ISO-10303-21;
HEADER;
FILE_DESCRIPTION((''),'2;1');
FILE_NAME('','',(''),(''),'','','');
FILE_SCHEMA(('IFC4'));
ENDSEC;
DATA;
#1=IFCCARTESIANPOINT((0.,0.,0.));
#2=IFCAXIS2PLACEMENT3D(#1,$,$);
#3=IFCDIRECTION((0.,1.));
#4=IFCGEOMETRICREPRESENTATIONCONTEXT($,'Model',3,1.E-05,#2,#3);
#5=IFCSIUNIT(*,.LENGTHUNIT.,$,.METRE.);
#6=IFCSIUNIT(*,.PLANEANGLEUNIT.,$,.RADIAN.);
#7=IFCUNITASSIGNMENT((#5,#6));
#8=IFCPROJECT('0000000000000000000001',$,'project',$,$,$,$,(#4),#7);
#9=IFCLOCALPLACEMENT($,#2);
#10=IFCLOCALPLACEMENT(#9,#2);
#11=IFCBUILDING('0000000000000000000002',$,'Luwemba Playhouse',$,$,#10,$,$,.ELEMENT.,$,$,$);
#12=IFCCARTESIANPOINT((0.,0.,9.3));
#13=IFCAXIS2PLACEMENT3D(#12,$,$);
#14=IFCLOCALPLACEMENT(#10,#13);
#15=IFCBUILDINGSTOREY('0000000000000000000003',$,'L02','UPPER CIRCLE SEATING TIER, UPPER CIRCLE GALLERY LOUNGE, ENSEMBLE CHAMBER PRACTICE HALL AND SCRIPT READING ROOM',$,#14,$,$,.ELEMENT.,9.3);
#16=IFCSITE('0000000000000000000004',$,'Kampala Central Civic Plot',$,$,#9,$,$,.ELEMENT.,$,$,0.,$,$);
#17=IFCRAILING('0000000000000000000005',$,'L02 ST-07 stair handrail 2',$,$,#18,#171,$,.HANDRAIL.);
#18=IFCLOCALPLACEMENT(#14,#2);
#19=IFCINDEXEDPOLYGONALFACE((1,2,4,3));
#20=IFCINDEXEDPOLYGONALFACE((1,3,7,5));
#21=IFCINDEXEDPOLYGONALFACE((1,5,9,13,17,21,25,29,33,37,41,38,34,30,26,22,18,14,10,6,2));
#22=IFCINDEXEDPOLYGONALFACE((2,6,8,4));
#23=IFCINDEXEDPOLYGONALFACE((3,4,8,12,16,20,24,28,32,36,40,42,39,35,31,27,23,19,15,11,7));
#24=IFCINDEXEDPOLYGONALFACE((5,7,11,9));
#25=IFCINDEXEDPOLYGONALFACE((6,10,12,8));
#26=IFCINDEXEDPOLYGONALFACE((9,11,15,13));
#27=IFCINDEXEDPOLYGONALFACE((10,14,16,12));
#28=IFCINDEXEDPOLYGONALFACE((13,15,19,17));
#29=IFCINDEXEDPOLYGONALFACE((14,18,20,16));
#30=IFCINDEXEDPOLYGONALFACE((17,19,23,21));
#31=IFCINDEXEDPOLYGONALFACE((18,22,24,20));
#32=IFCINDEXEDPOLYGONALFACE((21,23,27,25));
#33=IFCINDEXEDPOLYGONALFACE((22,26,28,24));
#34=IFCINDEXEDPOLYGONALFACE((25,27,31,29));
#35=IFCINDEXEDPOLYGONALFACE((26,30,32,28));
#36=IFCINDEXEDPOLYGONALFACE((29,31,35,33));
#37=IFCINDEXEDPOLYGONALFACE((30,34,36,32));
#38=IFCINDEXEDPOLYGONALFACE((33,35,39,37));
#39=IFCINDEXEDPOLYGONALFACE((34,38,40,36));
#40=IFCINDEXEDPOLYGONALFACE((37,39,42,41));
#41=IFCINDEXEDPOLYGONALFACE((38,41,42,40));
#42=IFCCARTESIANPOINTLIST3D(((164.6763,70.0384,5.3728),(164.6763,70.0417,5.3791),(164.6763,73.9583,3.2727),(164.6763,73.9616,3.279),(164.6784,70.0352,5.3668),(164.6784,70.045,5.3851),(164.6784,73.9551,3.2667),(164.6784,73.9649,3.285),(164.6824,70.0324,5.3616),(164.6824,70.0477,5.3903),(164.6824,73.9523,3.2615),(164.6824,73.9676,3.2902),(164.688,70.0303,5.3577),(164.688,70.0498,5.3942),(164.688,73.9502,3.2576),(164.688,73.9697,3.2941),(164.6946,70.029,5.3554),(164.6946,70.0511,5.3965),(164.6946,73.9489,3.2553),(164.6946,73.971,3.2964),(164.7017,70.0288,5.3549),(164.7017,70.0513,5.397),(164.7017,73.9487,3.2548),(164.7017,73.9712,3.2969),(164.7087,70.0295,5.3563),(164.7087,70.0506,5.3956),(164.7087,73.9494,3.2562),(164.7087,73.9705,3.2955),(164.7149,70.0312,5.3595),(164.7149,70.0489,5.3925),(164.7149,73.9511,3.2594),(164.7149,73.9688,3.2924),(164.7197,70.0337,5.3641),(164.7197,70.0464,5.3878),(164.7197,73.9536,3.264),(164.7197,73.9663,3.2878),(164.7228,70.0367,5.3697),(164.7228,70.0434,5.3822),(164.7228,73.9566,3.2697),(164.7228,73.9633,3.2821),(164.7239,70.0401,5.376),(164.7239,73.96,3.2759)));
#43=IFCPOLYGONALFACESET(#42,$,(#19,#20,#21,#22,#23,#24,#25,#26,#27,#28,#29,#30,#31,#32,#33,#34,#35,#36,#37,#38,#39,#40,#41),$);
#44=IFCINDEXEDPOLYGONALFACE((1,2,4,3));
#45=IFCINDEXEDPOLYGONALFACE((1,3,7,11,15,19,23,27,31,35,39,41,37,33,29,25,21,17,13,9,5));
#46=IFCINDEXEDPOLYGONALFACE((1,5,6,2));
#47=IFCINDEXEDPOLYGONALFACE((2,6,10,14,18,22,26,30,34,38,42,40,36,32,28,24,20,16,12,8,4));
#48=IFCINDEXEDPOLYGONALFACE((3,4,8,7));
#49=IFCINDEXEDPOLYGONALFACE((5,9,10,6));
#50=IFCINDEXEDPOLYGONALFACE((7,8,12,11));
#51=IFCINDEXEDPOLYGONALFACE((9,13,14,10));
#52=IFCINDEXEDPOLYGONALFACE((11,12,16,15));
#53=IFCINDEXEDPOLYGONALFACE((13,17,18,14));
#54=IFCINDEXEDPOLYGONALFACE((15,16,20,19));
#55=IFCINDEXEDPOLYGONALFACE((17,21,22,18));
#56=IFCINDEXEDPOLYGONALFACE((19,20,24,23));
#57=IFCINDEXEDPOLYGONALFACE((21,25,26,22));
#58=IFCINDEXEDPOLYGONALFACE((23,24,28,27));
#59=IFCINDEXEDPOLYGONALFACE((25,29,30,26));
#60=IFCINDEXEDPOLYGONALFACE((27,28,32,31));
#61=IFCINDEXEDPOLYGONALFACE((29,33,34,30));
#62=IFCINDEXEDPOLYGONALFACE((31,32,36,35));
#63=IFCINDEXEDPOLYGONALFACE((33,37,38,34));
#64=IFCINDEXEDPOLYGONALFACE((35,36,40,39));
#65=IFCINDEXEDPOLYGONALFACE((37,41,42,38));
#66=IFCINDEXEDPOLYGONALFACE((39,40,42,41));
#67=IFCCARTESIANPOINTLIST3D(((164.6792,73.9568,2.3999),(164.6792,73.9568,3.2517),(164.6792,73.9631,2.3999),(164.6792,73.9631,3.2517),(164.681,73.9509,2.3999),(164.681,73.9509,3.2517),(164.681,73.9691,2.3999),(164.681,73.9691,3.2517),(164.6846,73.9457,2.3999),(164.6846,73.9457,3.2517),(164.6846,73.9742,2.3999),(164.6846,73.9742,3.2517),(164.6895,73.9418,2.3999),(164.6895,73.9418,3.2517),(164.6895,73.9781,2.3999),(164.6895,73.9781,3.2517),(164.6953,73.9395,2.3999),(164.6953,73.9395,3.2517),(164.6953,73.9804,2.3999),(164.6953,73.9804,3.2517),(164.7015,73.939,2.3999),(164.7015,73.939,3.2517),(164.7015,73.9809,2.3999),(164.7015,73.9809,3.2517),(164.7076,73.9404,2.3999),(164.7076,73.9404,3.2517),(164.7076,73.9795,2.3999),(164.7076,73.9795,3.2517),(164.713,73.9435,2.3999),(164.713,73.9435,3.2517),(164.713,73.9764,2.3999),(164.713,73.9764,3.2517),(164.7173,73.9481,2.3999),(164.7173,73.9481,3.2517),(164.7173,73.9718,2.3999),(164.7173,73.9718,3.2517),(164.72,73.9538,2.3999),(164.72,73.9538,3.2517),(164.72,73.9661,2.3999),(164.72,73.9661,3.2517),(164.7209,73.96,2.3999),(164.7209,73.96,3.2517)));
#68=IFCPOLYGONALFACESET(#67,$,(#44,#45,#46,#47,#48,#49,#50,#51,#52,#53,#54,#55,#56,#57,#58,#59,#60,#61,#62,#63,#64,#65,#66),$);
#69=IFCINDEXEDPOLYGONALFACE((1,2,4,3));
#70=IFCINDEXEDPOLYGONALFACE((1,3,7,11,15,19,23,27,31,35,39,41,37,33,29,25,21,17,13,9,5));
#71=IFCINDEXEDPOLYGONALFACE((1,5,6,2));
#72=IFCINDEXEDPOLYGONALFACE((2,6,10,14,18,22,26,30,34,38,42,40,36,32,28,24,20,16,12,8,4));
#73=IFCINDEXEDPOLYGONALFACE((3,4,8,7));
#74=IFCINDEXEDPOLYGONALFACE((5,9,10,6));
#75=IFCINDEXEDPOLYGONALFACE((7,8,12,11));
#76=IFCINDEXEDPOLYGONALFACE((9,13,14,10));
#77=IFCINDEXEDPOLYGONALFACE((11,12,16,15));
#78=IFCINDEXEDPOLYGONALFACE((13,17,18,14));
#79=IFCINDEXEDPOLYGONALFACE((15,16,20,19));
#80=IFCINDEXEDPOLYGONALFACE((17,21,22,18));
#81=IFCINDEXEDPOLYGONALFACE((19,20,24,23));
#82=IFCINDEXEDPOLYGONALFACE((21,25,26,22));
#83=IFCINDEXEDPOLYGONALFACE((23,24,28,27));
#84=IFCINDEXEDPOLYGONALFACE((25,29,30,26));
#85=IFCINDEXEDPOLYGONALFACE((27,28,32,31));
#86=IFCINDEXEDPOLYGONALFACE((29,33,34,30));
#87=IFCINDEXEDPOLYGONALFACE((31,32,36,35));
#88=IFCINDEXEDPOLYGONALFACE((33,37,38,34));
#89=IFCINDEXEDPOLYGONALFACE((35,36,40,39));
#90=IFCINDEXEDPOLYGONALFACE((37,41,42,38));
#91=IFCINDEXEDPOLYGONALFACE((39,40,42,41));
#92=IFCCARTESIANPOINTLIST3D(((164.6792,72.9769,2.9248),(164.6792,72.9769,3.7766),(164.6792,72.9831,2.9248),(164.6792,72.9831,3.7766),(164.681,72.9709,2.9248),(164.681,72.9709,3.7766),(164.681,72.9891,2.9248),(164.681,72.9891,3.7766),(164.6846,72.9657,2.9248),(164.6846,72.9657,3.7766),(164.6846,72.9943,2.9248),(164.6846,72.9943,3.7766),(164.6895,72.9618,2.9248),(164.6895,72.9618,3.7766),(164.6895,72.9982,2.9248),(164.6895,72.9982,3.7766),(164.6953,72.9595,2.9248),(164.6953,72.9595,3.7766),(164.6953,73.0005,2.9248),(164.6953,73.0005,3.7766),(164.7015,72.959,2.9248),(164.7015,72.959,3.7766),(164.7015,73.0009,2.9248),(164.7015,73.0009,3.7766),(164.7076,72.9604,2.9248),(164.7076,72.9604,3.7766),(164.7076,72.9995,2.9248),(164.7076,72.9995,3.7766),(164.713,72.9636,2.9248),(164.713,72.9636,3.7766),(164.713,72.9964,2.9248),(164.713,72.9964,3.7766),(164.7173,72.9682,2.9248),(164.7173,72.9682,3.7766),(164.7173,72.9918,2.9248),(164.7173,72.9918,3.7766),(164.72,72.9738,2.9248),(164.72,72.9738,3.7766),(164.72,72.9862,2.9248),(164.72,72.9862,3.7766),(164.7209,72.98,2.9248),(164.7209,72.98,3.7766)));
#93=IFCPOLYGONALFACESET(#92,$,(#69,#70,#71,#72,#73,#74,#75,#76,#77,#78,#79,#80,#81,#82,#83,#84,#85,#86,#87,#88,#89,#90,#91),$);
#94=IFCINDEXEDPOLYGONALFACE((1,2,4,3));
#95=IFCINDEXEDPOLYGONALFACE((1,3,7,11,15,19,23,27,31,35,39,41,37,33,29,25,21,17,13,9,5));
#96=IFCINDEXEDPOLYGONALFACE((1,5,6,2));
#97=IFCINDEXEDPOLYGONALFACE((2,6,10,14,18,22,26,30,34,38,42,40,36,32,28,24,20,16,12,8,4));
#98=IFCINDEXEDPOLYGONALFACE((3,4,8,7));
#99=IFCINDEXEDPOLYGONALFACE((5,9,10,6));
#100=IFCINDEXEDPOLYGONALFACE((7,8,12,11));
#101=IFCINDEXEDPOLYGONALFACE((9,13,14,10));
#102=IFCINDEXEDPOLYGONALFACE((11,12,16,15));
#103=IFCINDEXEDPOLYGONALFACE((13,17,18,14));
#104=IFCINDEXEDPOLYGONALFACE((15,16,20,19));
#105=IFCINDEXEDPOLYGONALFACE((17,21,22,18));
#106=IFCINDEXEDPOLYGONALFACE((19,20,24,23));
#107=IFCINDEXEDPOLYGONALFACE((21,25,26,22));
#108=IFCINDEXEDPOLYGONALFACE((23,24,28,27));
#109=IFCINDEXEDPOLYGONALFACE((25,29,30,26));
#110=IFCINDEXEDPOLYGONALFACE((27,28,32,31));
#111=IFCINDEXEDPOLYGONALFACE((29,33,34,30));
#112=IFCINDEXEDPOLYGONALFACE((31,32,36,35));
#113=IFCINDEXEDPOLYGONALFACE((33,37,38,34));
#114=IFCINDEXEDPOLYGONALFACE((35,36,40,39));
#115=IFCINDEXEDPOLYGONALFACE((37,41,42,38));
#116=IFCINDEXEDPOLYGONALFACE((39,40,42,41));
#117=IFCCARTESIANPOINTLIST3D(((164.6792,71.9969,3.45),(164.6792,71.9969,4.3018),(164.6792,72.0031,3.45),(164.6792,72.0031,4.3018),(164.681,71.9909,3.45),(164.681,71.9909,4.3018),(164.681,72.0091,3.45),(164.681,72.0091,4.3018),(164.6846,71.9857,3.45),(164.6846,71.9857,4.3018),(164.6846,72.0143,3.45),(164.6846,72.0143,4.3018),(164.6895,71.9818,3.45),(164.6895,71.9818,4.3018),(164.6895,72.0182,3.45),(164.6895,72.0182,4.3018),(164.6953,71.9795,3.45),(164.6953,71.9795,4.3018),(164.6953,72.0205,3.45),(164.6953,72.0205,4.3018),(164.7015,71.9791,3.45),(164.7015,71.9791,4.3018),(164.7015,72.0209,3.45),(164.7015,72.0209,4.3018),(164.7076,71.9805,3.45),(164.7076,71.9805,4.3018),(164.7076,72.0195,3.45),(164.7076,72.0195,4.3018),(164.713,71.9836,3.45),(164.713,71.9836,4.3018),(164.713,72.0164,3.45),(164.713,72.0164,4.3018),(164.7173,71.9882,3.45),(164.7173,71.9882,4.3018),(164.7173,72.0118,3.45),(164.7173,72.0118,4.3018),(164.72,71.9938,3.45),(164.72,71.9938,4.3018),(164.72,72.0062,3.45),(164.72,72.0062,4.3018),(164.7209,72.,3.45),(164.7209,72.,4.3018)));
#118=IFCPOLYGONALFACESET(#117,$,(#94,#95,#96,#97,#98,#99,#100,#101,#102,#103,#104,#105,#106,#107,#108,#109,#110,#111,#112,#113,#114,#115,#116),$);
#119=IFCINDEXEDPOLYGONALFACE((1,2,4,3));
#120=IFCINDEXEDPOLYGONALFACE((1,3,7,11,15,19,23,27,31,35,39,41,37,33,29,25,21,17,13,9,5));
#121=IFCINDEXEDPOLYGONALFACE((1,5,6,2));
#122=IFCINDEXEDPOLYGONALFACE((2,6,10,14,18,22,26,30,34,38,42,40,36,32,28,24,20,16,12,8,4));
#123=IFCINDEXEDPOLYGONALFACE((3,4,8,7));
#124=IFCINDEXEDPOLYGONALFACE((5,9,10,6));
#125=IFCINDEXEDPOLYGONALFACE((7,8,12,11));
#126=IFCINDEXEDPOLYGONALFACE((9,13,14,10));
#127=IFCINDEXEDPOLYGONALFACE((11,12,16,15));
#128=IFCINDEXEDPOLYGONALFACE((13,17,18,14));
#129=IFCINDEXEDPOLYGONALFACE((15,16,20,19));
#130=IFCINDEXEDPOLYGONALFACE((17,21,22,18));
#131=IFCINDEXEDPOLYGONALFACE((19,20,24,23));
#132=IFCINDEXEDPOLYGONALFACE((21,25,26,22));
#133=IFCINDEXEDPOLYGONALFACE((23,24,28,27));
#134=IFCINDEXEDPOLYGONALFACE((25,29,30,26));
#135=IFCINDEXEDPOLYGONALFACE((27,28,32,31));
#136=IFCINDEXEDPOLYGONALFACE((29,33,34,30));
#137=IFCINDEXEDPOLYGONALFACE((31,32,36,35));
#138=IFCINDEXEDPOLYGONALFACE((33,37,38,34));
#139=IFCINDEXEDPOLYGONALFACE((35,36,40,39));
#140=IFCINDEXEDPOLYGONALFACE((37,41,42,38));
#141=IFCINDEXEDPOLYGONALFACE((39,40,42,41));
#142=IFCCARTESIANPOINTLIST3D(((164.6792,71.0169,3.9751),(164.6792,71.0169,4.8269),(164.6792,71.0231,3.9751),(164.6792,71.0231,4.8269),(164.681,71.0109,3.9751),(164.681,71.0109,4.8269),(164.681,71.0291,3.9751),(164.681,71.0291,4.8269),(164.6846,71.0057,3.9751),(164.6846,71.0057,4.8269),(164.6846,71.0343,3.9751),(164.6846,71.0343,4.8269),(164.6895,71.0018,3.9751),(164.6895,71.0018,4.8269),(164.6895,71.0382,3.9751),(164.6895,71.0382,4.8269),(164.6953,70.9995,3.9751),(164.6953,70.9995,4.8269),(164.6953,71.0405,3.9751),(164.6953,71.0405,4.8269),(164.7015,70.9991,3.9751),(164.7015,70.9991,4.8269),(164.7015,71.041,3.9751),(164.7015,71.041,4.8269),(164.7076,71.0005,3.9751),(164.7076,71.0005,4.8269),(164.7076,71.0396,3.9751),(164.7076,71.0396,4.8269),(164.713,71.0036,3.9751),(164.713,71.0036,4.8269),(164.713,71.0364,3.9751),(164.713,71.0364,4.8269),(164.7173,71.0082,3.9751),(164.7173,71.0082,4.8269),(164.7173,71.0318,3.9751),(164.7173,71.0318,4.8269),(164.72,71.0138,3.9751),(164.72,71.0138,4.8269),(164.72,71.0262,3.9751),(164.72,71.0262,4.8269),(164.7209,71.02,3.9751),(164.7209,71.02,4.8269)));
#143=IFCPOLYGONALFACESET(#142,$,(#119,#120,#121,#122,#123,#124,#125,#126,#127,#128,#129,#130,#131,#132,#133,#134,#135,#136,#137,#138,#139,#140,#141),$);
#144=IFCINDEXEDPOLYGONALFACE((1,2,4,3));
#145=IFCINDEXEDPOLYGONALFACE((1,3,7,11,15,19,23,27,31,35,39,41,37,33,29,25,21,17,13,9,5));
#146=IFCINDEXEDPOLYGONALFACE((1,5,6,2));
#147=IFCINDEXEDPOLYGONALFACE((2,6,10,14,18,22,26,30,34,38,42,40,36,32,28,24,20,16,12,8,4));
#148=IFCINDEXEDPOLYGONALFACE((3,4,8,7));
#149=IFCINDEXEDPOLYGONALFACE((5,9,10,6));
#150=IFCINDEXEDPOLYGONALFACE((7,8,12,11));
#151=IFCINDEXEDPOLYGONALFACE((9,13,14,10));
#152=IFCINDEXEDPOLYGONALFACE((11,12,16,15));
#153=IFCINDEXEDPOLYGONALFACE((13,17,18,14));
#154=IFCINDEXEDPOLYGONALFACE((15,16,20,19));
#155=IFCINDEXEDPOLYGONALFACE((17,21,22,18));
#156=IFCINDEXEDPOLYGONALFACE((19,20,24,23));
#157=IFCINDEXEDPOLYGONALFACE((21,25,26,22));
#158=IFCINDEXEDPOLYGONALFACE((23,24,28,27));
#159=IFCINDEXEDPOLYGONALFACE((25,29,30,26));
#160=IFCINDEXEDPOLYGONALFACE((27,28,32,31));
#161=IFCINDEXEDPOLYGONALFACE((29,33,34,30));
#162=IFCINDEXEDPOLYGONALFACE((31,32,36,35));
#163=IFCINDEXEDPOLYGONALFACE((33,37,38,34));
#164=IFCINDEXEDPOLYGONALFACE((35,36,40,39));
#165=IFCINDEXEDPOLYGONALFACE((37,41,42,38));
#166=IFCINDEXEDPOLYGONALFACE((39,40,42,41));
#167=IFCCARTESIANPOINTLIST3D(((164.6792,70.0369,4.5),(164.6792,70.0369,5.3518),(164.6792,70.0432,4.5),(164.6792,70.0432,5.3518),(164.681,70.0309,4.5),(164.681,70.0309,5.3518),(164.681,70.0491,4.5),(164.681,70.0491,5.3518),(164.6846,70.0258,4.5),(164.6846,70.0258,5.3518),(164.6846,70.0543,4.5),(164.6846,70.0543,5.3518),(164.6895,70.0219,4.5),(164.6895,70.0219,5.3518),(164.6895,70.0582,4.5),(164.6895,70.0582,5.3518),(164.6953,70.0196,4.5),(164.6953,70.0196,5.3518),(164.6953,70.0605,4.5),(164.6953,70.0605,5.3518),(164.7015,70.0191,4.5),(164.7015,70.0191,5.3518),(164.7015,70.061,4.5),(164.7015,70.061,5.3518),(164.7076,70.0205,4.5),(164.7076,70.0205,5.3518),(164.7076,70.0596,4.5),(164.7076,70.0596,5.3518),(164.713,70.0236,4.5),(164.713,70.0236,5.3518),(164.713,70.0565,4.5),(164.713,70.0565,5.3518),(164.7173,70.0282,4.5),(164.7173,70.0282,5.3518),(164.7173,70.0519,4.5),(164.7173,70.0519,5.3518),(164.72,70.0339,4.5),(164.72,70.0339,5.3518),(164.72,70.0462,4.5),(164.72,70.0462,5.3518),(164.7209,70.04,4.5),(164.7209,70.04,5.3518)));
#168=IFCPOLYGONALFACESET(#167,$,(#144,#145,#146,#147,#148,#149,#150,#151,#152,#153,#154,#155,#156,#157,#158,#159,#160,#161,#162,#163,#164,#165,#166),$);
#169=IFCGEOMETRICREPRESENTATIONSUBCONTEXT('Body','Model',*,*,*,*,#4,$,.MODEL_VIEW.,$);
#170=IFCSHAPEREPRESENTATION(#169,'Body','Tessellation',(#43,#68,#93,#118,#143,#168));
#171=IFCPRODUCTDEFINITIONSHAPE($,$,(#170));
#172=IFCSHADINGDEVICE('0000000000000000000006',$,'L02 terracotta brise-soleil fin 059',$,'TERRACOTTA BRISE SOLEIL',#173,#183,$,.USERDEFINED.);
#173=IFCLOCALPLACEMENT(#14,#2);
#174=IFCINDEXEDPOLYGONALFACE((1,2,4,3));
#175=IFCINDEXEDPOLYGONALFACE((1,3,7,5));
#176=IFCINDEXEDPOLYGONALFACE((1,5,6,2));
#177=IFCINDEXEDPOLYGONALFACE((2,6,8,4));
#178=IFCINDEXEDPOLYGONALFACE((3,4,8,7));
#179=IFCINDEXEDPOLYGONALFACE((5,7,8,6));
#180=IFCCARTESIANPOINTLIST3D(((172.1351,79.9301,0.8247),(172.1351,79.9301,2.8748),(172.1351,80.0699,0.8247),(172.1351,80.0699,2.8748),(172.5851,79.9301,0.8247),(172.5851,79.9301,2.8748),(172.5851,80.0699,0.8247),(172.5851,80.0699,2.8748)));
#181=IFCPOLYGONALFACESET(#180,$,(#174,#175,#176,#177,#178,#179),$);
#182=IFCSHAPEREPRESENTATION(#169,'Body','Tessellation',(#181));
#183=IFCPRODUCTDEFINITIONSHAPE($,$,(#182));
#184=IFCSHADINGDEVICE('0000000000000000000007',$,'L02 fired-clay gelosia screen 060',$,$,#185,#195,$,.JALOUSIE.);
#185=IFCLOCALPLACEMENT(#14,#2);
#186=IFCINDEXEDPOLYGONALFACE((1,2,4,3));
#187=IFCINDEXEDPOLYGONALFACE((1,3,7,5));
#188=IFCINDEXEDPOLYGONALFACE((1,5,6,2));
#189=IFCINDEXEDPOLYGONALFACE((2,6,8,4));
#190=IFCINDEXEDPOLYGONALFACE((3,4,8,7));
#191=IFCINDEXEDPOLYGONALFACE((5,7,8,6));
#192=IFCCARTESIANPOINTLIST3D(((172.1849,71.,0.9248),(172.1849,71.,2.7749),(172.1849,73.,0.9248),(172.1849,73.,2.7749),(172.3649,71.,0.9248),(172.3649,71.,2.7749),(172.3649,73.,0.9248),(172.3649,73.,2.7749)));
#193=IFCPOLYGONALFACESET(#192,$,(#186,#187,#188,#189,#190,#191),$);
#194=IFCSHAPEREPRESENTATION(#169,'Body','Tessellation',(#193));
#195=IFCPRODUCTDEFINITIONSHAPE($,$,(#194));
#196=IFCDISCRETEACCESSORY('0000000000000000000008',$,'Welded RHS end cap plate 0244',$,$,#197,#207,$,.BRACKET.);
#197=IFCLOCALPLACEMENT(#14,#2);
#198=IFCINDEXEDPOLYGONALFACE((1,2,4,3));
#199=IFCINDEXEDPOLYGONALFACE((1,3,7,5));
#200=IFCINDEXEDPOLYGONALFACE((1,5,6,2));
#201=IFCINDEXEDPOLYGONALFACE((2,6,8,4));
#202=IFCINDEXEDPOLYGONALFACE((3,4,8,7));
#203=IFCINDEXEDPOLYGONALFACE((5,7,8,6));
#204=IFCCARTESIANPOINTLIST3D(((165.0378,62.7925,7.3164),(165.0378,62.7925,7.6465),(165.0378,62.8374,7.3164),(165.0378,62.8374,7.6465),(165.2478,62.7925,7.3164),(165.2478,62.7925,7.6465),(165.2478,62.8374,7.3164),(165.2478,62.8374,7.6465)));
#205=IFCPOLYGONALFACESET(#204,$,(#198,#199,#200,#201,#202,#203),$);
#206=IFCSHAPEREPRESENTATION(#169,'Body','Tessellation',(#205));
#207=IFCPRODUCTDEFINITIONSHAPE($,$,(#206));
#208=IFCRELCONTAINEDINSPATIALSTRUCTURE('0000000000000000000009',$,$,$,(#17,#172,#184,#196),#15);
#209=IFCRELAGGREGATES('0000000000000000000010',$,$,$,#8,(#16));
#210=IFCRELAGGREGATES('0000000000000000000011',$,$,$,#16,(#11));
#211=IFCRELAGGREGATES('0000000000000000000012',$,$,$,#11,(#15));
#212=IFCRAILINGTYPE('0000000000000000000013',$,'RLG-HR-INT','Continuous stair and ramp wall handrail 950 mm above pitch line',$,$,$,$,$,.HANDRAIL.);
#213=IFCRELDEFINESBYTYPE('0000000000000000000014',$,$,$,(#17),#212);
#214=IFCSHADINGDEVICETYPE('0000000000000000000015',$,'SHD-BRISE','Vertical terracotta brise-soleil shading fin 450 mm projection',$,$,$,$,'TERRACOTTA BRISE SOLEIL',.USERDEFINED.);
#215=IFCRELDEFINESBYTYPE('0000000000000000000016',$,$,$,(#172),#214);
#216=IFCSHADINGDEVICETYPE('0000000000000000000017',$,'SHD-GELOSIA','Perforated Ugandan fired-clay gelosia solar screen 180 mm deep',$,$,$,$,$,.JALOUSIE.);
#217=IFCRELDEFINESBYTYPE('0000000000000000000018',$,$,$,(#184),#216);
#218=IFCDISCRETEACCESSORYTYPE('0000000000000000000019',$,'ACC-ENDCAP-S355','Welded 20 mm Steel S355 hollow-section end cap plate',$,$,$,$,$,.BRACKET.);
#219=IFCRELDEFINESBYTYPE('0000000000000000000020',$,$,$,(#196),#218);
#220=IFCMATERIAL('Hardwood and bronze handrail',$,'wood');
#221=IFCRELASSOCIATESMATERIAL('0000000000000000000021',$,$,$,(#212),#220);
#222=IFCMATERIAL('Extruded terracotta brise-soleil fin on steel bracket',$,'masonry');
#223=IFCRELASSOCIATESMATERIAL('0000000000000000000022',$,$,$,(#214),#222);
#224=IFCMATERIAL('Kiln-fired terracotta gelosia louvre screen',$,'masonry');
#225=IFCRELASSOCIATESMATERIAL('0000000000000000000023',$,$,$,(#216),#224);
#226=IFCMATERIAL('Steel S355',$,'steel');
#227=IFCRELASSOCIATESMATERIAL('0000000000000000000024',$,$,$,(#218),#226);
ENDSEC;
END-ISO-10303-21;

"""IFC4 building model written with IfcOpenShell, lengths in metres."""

from ifc_helpers import new_model, si_unit, direction, frame, origin, origin_2d, place, context, subcontext, project, spatial, rectangle, circle, extrude, material, type_object, element, save


model = new_model("IFC4")

# Units and contexts
model_context = context("Model", 3, precision=1e-05, world=origin(), true_north=direction((0.0, 1.0)))
body_context = subcontext(model_context, "Body", "Model", "MODEL_VIEW")
ifc_project = project(units=[si_unit("LENGTHUNIT", "METRE"), si_unit("PLANEANGLEUNIT", "RADIAN")], contexts=[model_context])

# Site, building, storey
site_placement = place(None, origin())
site = spatial("IfcSite", under=ifc_project, at=site_placement, Name="Kampala Central Civic Plot", CompositionType="ELEMENT", RefElevation=0.0)
building_placement = place(site_placement, origin())
building = spatial("IfcBuilding", under=site, at=building_placement, Name="Luwemba Playhouse", CompositionType="ELEMENT")
storey_placement = place(building_placement, frame((0.0, 0.0, 9.3)))
storey = spatial("IfcBuildingStorey", under=building, at=storey_placement, Name="L02", Description="UPPER CIRCLE SEATING TIER, UPPER CIRCLE GALLERY LOUNGE, ENSEMBLE CHAMBER PRACTICE HALL AND SCRIPT READING ROOM", CompositionType="ELEMENT", Elevation=9.3)

# Shared definitions
ifc_material_1 = material(Name="Steel S355", Category="steel")

# Railing
ifc_material_2 = material(Name="Hardwood and bronze handrail", Category="wood")
railing_type_1 = type_object("IfcRailingType", Name="RLG-HR-INT", Description="Continuous stair and ramp wall handrail 950 mm above pitch line", PredefinedType="HANDRAIL", material=ifc_material_2)
railing_1_placement = place(storey_placement, frame((164.7, 73.96, 2.3999)))
element("IfcRailing", 1, at=railing_1_placement, inside=storey, type_object=railing_type_1, Name="L02 ST-07 stair handrail 2", PredefinedType="HANDRAIL", context=body_context, shape_type="SweptSolid", body=[
    extrude(circle(Radius=0.0239, at=origin_2d()), frame((0.0, 0.0, 0.876), z_axis=(0.0, -0.881467, 0.472246), x_axis=(1.0, 0.0, 0.0)), (0.0, 0.0, 1.0), 4.447),
    extrude(circle(Radius=0.021, at=origin_2d()), origin(), (0.0, 0.0, 1.0), 0.8518),
    extrude(circle(Radius=0.021, at=origin_2d()), frame((0.0, -0.98, 0.5249)), (0.0, 0.0, 1.0), 0.8518),
    extrude(circle(Radius=0.021, at=origin_2d()), frame((0.0, -1.96, 1.05)), (0.0, 0.0, 1.0), 0.8518),
    extrude(circle(Radius=0.021, at=origin_2d()), frame((0.0, -2.9399, 1.5752)), (0.0, 0.0, 1.0), 0.8518),
    extrude(circle(Radius=0.021, at=origin_2d()), frame((0.0, -3.9199, 2.1001)), (0.0, 0.0, 1.0), 0.8518),
])

# Shading devices
ifc_material_3 = material(Name="Extruded terracotta brise-soleil fin on steel bracket", Category="masonry")
shading_device_type_1 = type_object("IfcShadingDeviceType", Name="SHD-BRISE", Description="Vertical terracotta brise-soleil shading fin 450 mm projection", ElementType="TERRACOTTA BRISE SOLEIL", PredefinedType="USERDEFINED", material=ifc_material_3)
shading_device_1_placement = place(storey_placement, frame((172.3601, 80.0, 0.8247), z_axis=(0.0, 0.0, 1.0), x_axis=(0.0, -1.0, 0.0)))
element("IfcShadingDevice", 2, at=shading_device_1_placement, inside=storey, type_object=shading_device_type_1, Name="L02 terracotta brise-soleil fin 059", ObjectType="TERRACOTTA BRISE SOLEIL", PredefinedType="USERDEFINED", context=body_context, shape_type="SweptSolid", body=[
    extrude(rectangle(XDim=0.1399, YDim=0.45, at=origin_2d()), origin(), (0.0, 0.0, 1.0), 2.05),
])
ifc_material_4 = material(Name="Kiln-fired terracotta gelosia louvre screen", Category="masonry")
shading_device_type_2 = type_object("IfcShadingDeviceType", Name="SHD-GELOSIA", Description="Perforated Ugandan fired-clay gelosia solar screen 180 mm deep", PredefinedType="JALOUSIE", material=ifc_material_4)
shading_device_2_placement = place(storey_placement, frame((172.2749, 72.0, 0.9248), z_axis=(0.0, 0.0, 1.0), x_axis=(0.0, -1.0, 0.0)))
element("IfcShadingDevice", 3, at=shading_device_2_placement, inside=storey, type_object=shading_device_type_2, Name="L02 fired-clay gelosia screen 060", PredefinedType="JALOUSIE", context=body_context, shape_type="SweptSolid", body=[
    extrude(rectangle(XDim=2.0, YDim=0.1799, at=origin_2d()), origin(), (0.0, 0.0, 1.0), 1.8501),
])

# Discrete accessory
discrete_accessory_type = type_object("IfcDiscreteAccessoryType", Name="ACC-ENDCAP-S355", Description="Welded 20 mm Steel S355 hollow-section end cap plate", PredefinedType="BRACKET", material=ifc_material_1)
discrete_accessory_1_placement = place(storey_placement, frame((165.1428, 62.8149, 7.3164), z_axis=(0.0, 0.0, 1.0), x_axis=(1.0, 0.0, 0.0)))
element("IfcDiscreteAccessory", 4, at=discrete_accessory_1_placement, inside=storey, type_object=discrete_accessory_type, Name="Welded RHS end cap plate 0244", PredefinedType="BRACKET", context=body_context, shape_type="SweptSolid", body=[
    extrude(rectangle(XDim=0.21, YDim=0.0449, at=origin_2d()), origin(), (0.0, 0.0, 1.0), 0.3301),
])

save(model, "model.ifc")
